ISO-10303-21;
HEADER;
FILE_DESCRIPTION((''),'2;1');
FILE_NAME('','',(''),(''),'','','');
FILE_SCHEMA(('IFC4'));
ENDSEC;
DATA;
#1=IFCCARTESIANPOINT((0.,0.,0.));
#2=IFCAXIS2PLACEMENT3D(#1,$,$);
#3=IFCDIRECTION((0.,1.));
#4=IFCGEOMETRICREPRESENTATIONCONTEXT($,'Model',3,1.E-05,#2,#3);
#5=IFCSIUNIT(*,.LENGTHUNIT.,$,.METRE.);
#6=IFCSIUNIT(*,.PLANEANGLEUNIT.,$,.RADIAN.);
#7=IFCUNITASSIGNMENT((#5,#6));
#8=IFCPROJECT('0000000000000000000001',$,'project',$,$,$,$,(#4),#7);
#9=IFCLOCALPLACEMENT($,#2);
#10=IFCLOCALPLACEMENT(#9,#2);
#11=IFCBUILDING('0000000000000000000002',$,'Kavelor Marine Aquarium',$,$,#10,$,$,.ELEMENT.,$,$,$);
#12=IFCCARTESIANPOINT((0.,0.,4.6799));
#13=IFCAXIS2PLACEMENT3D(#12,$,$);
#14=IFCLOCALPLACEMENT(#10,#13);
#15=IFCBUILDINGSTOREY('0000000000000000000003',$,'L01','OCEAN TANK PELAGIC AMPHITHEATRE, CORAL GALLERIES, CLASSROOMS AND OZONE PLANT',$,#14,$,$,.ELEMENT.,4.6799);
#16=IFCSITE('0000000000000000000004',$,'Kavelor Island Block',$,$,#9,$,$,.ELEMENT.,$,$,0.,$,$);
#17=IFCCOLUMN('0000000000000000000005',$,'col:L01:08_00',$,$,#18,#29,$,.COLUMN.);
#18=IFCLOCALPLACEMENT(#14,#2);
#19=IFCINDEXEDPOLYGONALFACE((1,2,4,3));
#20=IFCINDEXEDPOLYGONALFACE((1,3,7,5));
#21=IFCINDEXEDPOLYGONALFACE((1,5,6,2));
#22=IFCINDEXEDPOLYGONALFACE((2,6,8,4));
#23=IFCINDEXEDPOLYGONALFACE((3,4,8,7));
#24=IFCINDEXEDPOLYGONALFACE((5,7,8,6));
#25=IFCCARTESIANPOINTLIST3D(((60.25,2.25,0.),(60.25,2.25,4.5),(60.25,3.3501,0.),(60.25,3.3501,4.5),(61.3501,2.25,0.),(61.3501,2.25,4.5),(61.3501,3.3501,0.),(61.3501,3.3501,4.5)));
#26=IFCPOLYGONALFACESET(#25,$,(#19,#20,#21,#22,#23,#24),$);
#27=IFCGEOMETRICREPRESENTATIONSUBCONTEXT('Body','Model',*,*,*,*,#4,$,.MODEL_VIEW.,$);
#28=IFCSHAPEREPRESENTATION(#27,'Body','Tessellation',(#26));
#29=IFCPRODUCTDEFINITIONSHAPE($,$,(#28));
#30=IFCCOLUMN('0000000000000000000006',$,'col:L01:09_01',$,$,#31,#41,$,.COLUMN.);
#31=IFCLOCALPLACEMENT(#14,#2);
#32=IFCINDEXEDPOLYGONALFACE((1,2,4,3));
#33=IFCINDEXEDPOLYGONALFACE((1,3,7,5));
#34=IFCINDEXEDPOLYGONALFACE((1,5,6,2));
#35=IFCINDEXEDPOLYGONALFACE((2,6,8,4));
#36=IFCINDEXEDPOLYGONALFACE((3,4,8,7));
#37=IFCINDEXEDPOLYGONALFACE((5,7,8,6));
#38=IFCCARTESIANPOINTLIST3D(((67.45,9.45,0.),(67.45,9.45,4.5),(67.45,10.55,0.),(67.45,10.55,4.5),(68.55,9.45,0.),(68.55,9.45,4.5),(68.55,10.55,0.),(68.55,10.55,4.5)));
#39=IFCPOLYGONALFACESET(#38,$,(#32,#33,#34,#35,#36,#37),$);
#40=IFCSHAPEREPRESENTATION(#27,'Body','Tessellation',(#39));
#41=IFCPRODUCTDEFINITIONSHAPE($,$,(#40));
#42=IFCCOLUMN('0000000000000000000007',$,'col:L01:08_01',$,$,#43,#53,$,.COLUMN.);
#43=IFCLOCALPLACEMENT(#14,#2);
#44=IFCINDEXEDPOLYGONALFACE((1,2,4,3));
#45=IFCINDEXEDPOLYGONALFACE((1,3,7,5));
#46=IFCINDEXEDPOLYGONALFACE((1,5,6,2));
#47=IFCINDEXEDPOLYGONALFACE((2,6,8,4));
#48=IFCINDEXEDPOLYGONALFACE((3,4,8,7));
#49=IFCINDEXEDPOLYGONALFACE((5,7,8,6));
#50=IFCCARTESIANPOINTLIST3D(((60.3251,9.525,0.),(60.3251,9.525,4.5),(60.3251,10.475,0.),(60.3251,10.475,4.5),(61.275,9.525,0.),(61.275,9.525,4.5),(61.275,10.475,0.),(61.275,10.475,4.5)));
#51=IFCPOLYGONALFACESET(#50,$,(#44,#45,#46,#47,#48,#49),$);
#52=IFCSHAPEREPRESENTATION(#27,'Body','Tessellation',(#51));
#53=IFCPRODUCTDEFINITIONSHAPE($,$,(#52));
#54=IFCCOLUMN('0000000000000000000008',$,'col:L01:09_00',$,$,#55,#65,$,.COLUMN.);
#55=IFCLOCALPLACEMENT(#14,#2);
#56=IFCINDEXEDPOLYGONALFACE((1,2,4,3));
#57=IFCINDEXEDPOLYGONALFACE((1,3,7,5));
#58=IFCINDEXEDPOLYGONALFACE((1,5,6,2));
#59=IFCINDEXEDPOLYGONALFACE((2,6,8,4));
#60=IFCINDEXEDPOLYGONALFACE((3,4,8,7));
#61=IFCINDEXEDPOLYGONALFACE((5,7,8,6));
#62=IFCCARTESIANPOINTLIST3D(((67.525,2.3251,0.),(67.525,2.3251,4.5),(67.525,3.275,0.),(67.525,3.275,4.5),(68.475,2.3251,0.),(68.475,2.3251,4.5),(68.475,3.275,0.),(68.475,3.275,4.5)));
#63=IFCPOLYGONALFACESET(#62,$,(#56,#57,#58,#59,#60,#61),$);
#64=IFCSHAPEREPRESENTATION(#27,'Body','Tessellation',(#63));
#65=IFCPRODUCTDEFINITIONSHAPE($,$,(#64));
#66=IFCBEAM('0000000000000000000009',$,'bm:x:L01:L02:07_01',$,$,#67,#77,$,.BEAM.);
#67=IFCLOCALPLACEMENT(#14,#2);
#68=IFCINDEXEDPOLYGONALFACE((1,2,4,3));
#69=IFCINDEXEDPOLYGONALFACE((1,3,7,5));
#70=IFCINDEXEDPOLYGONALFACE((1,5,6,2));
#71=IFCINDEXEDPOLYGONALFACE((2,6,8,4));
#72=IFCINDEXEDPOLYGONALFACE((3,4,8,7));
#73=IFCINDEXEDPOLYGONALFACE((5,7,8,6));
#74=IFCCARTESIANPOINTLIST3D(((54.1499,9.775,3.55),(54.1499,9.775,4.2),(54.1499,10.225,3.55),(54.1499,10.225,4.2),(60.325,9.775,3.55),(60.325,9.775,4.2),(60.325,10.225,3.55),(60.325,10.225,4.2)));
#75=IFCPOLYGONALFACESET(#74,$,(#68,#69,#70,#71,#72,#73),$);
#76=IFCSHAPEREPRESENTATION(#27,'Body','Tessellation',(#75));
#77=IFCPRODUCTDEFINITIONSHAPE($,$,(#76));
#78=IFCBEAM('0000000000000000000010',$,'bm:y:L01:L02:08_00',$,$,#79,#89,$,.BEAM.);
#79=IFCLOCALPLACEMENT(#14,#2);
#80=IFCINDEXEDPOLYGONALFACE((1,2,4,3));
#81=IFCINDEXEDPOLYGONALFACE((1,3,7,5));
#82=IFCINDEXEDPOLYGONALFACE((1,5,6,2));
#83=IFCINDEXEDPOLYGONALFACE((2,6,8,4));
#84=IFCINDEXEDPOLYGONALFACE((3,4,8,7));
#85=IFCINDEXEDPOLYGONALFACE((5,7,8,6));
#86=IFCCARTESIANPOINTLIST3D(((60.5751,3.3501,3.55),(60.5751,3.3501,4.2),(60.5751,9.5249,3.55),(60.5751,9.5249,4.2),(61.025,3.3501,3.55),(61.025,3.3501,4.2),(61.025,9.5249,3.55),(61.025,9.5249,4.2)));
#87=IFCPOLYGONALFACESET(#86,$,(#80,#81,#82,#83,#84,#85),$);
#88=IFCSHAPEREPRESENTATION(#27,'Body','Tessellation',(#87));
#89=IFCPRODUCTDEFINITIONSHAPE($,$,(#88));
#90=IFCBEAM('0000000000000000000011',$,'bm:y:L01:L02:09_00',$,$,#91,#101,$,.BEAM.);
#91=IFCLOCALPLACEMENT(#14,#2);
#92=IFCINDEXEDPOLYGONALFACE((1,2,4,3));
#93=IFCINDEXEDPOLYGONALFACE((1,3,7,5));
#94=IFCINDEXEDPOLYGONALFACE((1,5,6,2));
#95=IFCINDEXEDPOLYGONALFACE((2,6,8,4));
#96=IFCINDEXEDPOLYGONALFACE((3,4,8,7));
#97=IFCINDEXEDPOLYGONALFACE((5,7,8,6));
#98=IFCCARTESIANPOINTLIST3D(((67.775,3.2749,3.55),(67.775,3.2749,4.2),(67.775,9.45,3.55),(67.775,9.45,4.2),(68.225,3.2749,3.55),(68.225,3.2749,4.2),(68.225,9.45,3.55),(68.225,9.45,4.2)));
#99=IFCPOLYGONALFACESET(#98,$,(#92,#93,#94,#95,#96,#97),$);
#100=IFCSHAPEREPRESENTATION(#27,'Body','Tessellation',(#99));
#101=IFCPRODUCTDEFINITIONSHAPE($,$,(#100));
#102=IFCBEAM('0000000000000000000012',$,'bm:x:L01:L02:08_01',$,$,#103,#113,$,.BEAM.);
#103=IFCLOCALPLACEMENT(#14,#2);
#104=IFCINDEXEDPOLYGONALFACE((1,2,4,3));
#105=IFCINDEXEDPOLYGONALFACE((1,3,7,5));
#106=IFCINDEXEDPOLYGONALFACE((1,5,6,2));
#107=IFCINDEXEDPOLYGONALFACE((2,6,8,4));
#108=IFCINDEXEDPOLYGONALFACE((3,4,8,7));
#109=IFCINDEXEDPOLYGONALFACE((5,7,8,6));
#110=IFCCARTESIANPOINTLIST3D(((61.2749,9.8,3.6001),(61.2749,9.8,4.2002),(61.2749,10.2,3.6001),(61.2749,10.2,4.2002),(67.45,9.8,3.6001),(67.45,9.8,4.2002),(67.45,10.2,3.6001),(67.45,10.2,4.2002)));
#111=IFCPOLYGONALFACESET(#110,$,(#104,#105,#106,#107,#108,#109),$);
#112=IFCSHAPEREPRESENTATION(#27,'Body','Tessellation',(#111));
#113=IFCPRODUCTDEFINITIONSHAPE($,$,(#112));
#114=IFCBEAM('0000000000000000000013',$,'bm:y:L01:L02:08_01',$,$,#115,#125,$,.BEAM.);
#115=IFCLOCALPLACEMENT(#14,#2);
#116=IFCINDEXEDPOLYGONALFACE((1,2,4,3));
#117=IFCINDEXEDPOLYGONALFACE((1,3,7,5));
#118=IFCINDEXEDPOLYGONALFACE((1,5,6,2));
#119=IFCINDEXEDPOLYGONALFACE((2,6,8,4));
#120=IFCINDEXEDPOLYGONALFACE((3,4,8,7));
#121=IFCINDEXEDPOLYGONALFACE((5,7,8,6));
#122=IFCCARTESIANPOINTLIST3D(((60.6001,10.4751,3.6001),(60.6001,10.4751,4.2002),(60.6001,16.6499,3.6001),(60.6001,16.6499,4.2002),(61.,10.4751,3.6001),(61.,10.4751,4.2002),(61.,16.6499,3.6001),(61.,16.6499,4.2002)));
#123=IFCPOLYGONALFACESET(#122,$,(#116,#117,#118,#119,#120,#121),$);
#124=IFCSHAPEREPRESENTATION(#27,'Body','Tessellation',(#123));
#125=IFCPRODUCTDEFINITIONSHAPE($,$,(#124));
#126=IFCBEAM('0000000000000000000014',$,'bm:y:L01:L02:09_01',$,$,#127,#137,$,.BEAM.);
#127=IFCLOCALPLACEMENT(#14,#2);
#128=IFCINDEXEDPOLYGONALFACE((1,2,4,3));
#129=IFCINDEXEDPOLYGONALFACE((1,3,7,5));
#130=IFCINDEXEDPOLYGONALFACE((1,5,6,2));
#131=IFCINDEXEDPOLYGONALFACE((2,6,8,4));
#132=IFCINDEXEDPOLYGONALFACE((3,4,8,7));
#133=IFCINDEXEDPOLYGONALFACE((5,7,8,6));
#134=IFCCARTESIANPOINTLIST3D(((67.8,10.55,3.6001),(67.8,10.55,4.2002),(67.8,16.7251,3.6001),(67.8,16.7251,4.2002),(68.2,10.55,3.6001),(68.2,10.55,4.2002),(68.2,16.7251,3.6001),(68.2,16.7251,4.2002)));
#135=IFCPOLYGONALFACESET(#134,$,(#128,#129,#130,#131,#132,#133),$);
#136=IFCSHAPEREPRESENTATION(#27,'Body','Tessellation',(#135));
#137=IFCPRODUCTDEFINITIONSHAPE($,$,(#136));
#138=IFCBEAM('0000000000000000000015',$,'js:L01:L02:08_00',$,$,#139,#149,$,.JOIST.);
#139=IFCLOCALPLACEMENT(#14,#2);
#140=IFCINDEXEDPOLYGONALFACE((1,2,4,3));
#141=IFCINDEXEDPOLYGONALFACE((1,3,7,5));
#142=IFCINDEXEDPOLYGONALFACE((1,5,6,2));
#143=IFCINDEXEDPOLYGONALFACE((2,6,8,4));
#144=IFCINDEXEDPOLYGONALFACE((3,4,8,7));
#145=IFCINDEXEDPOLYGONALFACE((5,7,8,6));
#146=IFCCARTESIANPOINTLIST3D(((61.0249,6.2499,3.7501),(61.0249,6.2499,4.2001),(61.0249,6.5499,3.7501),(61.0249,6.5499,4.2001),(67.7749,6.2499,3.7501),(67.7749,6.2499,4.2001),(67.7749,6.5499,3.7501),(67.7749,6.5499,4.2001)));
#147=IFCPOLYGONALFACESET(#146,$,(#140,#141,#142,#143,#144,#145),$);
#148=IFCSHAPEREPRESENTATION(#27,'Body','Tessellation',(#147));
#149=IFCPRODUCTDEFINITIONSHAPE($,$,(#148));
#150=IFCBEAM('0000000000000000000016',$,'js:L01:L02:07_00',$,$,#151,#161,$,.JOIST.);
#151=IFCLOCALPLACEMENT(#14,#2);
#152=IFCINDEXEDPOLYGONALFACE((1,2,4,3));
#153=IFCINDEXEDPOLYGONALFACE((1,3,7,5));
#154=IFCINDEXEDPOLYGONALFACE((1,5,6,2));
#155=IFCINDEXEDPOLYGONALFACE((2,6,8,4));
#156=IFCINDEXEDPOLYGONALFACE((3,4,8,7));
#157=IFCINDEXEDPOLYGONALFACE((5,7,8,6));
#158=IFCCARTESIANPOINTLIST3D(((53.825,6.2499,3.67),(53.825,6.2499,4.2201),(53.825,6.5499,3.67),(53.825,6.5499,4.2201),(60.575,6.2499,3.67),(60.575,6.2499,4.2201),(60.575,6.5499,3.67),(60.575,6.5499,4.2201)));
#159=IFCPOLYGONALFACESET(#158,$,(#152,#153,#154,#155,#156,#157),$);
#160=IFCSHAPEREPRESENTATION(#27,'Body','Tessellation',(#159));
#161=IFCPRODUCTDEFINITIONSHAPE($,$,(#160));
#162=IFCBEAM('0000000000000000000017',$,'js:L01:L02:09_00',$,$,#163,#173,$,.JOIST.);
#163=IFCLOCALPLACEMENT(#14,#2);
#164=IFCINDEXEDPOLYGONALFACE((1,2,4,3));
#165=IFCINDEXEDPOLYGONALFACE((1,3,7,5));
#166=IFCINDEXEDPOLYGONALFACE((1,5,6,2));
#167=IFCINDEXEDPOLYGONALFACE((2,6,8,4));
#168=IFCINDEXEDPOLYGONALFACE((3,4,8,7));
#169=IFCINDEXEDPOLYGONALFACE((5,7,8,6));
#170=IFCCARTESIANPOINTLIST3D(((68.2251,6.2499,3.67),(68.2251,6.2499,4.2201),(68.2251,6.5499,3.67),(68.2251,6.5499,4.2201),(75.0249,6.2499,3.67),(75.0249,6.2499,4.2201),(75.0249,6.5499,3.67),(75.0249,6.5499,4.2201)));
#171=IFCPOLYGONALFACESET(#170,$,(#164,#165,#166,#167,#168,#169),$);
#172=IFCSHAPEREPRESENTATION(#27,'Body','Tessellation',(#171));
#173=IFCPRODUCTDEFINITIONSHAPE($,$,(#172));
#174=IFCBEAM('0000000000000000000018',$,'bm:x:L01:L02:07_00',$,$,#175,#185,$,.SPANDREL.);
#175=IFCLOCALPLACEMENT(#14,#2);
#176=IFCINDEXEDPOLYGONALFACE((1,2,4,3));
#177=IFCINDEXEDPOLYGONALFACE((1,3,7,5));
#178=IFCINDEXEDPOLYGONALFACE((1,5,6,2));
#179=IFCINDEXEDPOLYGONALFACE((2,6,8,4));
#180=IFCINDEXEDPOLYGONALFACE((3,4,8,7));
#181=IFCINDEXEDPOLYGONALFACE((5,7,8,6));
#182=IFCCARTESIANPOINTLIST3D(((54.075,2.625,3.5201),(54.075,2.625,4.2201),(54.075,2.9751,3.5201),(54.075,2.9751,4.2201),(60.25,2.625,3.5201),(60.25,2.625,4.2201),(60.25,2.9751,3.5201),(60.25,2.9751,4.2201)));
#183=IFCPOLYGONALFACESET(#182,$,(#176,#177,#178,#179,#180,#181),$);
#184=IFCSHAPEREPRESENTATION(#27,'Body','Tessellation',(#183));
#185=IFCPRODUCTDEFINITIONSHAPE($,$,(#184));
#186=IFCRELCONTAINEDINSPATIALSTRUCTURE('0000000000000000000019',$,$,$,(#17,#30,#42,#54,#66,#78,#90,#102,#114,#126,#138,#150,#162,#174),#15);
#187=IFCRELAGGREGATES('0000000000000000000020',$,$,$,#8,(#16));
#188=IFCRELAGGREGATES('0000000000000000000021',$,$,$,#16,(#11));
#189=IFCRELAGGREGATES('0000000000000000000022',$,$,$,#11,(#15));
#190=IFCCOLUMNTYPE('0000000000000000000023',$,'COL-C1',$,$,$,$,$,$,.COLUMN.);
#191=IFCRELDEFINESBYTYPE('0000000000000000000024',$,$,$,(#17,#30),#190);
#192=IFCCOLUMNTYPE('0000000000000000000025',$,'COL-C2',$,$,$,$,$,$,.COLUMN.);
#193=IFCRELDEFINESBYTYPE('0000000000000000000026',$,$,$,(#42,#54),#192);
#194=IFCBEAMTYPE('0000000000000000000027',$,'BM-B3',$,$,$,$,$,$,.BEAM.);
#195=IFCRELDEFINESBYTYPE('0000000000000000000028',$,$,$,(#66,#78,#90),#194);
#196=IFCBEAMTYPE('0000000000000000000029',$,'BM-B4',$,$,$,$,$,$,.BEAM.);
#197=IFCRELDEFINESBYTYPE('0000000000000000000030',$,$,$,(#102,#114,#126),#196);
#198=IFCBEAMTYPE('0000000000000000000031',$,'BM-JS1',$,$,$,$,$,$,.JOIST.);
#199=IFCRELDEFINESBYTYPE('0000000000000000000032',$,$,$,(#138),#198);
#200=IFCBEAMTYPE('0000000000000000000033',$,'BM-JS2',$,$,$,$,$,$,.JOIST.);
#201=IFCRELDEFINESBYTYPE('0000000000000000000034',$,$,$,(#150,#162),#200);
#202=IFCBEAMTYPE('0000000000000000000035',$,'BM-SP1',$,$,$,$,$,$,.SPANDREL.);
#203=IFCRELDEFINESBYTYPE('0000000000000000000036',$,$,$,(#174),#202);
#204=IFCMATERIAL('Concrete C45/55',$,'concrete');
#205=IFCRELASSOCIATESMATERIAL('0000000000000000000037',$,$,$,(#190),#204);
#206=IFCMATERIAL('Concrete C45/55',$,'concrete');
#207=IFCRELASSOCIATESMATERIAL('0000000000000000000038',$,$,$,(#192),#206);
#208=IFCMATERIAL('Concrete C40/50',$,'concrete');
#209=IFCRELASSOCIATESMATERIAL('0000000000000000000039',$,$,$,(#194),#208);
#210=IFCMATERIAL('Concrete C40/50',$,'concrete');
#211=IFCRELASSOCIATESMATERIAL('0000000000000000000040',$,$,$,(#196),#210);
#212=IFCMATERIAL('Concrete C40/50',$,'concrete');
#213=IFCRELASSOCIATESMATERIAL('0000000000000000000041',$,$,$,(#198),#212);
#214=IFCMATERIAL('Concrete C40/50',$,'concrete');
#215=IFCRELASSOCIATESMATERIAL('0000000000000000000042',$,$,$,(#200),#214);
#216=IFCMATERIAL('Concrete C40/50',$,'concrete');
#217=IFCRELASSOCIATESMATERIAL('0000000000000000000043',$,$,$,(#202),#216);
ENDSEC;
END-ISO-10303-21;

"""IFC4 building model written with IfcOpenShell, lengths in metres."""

from ifc_helpers import new_model, si_unit, direction, frame, origin, origin_2d, place, context, subcontext, project, spatial, rectangle, extrude, material, material_profile, profile_set, type_object, element, save


model = new_model("IFC4")

# Units and contexts
model_context = context("Model", 3, precision=1e-05, world=origin(), true_north=direction((0.0, 1.0)))
body_context = subcontext(model_context, "Body", "Model", "MODEL_VIEW")
ifc_project = project(units=[si_unit("LENGTHUNIT", "METRE"), si_unit("PLANEANGLEUNIT", "RADIAN")], contexts=[model_context])

# Site, building, storey
site_placement = place(None, origin())
site = spatial("IfcSite", under=ifc_project, at=site_placement, Name="Kavelor Island Block", CompositionType="ELEMENT", RefElevation=0.0)
building_placement = place(site_placement, origin())
building = spatial("IfcBuilding", under=site, at=building_placement, Name="Kavelor Marine Aquarium", CompositionType="ELEMENT")
storey_placement = place(building_placement, frame((0.0, 0.0, 4.6799)))
storey = spatial("IfcBuildingStorey", under=building, at=storey_placement, Name="L01", Description="OCEAN TANK PELAGIC AMPHITHEATRE, CORAL GALLERIES, CLASSROOMS AND OZONE PLANT", CompositionType="ELEMENT", Elevation=4.6799)

# Columns
ifc_material_1 = material(Name="Concrete C45/55", Category="concrete")
ifc_material_profile_1 = material_profile(ifc_material_1, rectangle(XDim=1.1001, YDim=1.1001, at=origin_2d()), Name="RC-COL 1100x1100")
ifc_profile_set_1 = profile_set([ifc_material_profile_1], Name="Concrete C45/55")
column_type_1 = type_object("IfcColumnType", Name="COL-C1", PredefinedType="COLUMN", material=ifc_profile_set_1)
for number, where, z_axis, x_axis, name in (
    (1, (60.8, 2.8, 0.0), (0.0, 0.0, 1.0), (1.0, 0.0, 0.0), "col:L01:08_00"),
    (2, (68.0, 10.0, 0.0), (0.0, 0.0, 1.0), (1.0, 0.0, 0.0), "col:L01:09_01"),
):
    element("IfcColumn", number, at=place(storey_placement, frame(where, z_axis=z_axis, x_axis=x_axis)), inside=storey, type_object=column_type_1, Name=name, PredefinedType="COLUMN", context=body_context, shape_type="SweptSolid", body=[
        extrude(rectangle(XDim=1.1001, YDim=1.1001, at=origin_2d()), origin(), (0.0, 0.0, 1.0), 4.5),
    ])
ifc_material_2 = material(Name="Concrete C45/55", Category="concrete")
ifc_material_profile_2 = material_profile(ifc_material_2, rectangle(XDim=0.95, YDim=0.95, at=origin_2d()), Name="RC-COL 950x950")
ifc_profile_set_2 = profile_set([ifc_material_profile_2], Name="Concrete C45/55")
column_type_2 = type_object("IfcColumnType", Name="COL-C2", PredefinedType="COLUMN", material=ifc_profile_set_2)
for number, where, z_axis, x_axis, name in (
    (3, (60.8, 10.0, 0.0), (0.0, 0.0, 1.0), (1.0, 0.0, 0.0), "col:L01:08_01"),
    (4, (68.0, 2.8, 0.0), (0.0, 0.0, 1.0), (1.0, 0.0, 0.0), "col:L01:09_00"),
):
    element("IfcColumn", number, at=place(storey_placement, frame(where, z_axis=z_axis, x_axis=x_axis)), inside=storey, type_object=column_type_2, Name=name, PredefinedType="COLUMN", context=body_context, shape_type="SweptSolid", body=[
        extrude(rectangle(XDim=0.95, YDim=0.95, at=origin_2d()), origin(), (0.0, 0.0, 1.0), 4.5),
    ])

# Beams
ifc_material_3 = material(Name="Concrete C40/50", Category="concrete")
ifc_material_profile_3 = material_profile(ifc_material_3, rectangle(XDim=0.45, YDim=0.6499, at=origin_2d()), Name="RC-BM 450x650")
ifc_profile_set_3 = profile_set([ifc_material_profile_3], Name="Concrete C40/50")
beam_type_1 = type_object("IfcBeamType", Name="BM-B3", PredefinedType="BEAM", material=ifc_profile_set_3)
beam_1_placement = place(storey_placement, frame((54.1499, 10.0, 3.875), z_axis=(1.0, 0.0, 0.0), x_axis=(0.0, 1.0, 0.0)))
element("IfcBeam", 5, at=beam_1_placement, inside=storey, type_object=beam_type_1, Name="bm:x:L01:L02:07_01", PredefinedType="BEAM", context=body_context, shape_type="SweptSolid", body=[
    extrude(rectangle(XDim=0.45, YDim=0.6499, at=origin_2d()), origin(), (0.0, 0.0, 1.0), 6.175),
])
beam_2_placement = place(storey_placement, frame((60.8, 3.3501, 3.875), z_axis=(0.0, 1.0, 0.0), x_axis=(-1.0, 0.0, 0.0)))
element("IfcBeam", 6, at=beam_2_placement, inside=storey, type_object=beam_type_1, Name="bm:y:L01:L02:08_00", PredefinedType="BEAM", context=body_context, shape_type="SweptSolid", body=[
    extrude(rectangle(XDim=0.45, YDim=0.6499, at=origin_2d()), origin(), (0.0, 0.0, 1.0), 6.1748),
])
beam_3_placement = place(storey_placement, frame((68.0, 3.2749, 3.875), z_axis=(0.0, 1.0, 0.0), x_axis=(-1.0, 0.0, 0.0)))
element("IfcBeam", 7, at=beam_3_placement, inside=storey, type_object=beam_type_1, Name="bm:y:L01:L02:09_00", PredefinedType="BEAM", context=body_context, shape_type="SweptSolid", body=[
    extrude(rectangle(XDim=0.45, YDim=0.6499, at=origin_2d()), origin(), (0.0, 0.0, 1.0), 6.175),
])
ifc_material_4 = material(Name="Concrete C40/50", Category="concrete")
ifc_material_profile_4 = material_profile(ifc_material_4, rectangle(XDim=0.3999, YDim=0.6001, at=origin_2d()), Name="RC-BM 400x600")
ifc_profile_set_4 = profile_set([ifc_material_profile_4], Name="Concrete C40/50")
beam_type_2 = type_object("IfcBeamType", Name="BM-B4", PredefinedType="BEAM", material=ifc_profile_set_4)
beam_4_placement = place(storey_placement, frame((61.2749, 10.0, 3.9001), z_axis=(1.0, 0.0, 0.0), x_axis=(0.0, 1.0, 0.0)))
element("IfcBeam", 8, at=beam_4_placement, inside=storey, type_object=beam_type_2, Name="bm:x:L01:L02:08_01", PredefinedType="BEAM", context=body_context, shape_type="SweptSolid", body=[
    extrude(rectangle(XDim=0.3999, YDim=0.6001, at=origin_2d()), origin(), (0.0, 0.0, 1.0), 6.175),
])
beam_5_placement = place(storey_placement, frame((60.8, 10.4751, 3.9001), z_axis=(0.0, 1.0, 0.0), x_axis=(-1.0, 0.0, 0.0)))
element("IfcBeam", 9, at=beam_5_placement, inside=storey, type_object=beam_type_2, Name="bm:y:L01:L02:08_01", PredefinedType="BEAM", context=body_context, shape_type="SweptSolid", body=[
    extrude(rectangle(XDim=0.3999, YDim=0.6001, at=origin_2d()), origin(), (0.0, 0.0, 1.0), 6.1748),
])
beam_6_placement = place(storey_placement, frame((68.0, 10.55, 3.9001), z_axis=(0.0, 1.0, 0.0), x_axis=(-1.0, 0.0, 0.0)))
element("IfcBeam", 10, at=beam_6_placement, inside=storey, type_object=beam_type_2, Name="bm:y:L01:L02:09_01", PredefinedType="BEAM", context=body_context, shape_type="SweptSolid", body=[
    extrude(rectangle(XDim=0.3999, YDim=0.6001, at=origin_2d()), origin(), (0.0, 0.0, 1.0), 6.175),
])
ifc_material_5 = material(Name="Concrete C40/50", Category="concrete")
ifc_material_profile_5 = material_profile(ifc_material_5, rectangle(XDim=0.3, YDim=0.45, at=origin_2d()), Name="RC-JS 300x450")
ifc_profile_set_5 = profile_set([ifc_material_profile_5], Name="Concrete C40/50")
beam_type_3 = type_object("IfcBeamType", Name="BM-JS1", PredefinedType="JOIST", material=ifc_profile_set_5)
beam_7_placement = place(storey_placement, frame((61.0249, 6.3999, 3.9751), z_axis=(1.0, 0.0, 0.0), x_axis=(0.0, 1.0, 0.0)))
element("IfcBeam", 11, at=beam_7_placement, inside=storey, type_object=beam_type_3, Name="js:L01:L02:08_00", PredefinedType="JOIST", context=body_context, shape_type="SweptSolid", body=[
    extrude(rectangle(XDim=0.3, YDim=0.45, at=origin_2d()), origin(), (0.0, 0.0, 1.0), 6.75),
])
ifc_material_6 = material(Name="Concrete C40/50", Category="concrete")
ifc_material_profile_6 = material_profile(ifc_material_6, rectangle(XDim=0.3, YDim=0.55, at=origin_2d()), Name="RC-JS 300x550")
ifc_profile_set_6 = profile_set([ifc_material_profile_6], Name="Concrete C40/50")
beam_type_4 = type_object("IfcBeamType", Name="BM-JS2", PredefinedType="JOIST", material=ifc_profile_set_6)
beam_8_placement = place(storey_placement, frame((53.825, 6.3999, 3.9451), z_axis=(1.0, 0.0, 0.0), x_axis=(0.0, 1.0, 0.0)))
element("IfcBeam", 12, at=beam_8_placement, inside=storey, type_object=beam_type_4, Name="js:L01:L02:07_00", PredefinedType="JOIST", context=body_context, shape_type="SweptSolid", body=[
    extrude(rectangle(XDim=0.3, YDim=0.55, at=origin_2d()), origin(), (0.0, 0.0, 1.0), 6.75),
])
beam_9_placement = place(storey_placement, frame((68.2251, 6.3999, 3.9451), z_axis=(1.0, 0.0, 0.0), x_axis=(0.0, 1.0, 0.0)))
element("IfcBeam", 13, at=beam_9_placement, inside=storey, type_object=beam_type_4, Name="js:L01:L02:09_00", PredefinedType="JOIST", context=body_context, shape_type="SweptSolid", body=[
    extrude(rectangle(XDim=0.3, YDim=0.55, at=origin_2d()), origin(), (0.0, 0.0, 1.0), 6.7998),
])
ifc_material_7 = material(Name="Concrete C40/50", Category="concrete")
ifc_material_profile_7 = material_profile(ifc_material_7, rectangle(XDim=0.3501, YDim=0.7, at=origin_2d()), Name="RC-SP 350x700")
ifc_profile_set_7 = profile_set([ifc_material_profile_7], Name="Concrete C40/50")
beam_type_5 = type_object("IfcBeamType", Name="BM-SP1", PredefinedType="SPANDREL", material=ifc_profile_set_7)
beam_10_placement = place(storey_placement, frame((54.075, 2.8, 3.8701), z_axis=(1.0, 0.0, 0.0), x_axis=(0.0, 1.0, 0.0)))
element("IfcBeam", 14, at=beam_10_placement, inside=storey, type_object=beam_type_5, Name="bm:x:L01:L02:07_00", PredefinedType="SPANDREL", context=body_context, shape_type="SweptSolid", body=[
    extrude(rectangle(XDim=0.3501, YDim=0.7, at=origin_2d()), origin(), (0.0, 0.0, 1.0), 6.175),
])

save(model, "model.ifc")
